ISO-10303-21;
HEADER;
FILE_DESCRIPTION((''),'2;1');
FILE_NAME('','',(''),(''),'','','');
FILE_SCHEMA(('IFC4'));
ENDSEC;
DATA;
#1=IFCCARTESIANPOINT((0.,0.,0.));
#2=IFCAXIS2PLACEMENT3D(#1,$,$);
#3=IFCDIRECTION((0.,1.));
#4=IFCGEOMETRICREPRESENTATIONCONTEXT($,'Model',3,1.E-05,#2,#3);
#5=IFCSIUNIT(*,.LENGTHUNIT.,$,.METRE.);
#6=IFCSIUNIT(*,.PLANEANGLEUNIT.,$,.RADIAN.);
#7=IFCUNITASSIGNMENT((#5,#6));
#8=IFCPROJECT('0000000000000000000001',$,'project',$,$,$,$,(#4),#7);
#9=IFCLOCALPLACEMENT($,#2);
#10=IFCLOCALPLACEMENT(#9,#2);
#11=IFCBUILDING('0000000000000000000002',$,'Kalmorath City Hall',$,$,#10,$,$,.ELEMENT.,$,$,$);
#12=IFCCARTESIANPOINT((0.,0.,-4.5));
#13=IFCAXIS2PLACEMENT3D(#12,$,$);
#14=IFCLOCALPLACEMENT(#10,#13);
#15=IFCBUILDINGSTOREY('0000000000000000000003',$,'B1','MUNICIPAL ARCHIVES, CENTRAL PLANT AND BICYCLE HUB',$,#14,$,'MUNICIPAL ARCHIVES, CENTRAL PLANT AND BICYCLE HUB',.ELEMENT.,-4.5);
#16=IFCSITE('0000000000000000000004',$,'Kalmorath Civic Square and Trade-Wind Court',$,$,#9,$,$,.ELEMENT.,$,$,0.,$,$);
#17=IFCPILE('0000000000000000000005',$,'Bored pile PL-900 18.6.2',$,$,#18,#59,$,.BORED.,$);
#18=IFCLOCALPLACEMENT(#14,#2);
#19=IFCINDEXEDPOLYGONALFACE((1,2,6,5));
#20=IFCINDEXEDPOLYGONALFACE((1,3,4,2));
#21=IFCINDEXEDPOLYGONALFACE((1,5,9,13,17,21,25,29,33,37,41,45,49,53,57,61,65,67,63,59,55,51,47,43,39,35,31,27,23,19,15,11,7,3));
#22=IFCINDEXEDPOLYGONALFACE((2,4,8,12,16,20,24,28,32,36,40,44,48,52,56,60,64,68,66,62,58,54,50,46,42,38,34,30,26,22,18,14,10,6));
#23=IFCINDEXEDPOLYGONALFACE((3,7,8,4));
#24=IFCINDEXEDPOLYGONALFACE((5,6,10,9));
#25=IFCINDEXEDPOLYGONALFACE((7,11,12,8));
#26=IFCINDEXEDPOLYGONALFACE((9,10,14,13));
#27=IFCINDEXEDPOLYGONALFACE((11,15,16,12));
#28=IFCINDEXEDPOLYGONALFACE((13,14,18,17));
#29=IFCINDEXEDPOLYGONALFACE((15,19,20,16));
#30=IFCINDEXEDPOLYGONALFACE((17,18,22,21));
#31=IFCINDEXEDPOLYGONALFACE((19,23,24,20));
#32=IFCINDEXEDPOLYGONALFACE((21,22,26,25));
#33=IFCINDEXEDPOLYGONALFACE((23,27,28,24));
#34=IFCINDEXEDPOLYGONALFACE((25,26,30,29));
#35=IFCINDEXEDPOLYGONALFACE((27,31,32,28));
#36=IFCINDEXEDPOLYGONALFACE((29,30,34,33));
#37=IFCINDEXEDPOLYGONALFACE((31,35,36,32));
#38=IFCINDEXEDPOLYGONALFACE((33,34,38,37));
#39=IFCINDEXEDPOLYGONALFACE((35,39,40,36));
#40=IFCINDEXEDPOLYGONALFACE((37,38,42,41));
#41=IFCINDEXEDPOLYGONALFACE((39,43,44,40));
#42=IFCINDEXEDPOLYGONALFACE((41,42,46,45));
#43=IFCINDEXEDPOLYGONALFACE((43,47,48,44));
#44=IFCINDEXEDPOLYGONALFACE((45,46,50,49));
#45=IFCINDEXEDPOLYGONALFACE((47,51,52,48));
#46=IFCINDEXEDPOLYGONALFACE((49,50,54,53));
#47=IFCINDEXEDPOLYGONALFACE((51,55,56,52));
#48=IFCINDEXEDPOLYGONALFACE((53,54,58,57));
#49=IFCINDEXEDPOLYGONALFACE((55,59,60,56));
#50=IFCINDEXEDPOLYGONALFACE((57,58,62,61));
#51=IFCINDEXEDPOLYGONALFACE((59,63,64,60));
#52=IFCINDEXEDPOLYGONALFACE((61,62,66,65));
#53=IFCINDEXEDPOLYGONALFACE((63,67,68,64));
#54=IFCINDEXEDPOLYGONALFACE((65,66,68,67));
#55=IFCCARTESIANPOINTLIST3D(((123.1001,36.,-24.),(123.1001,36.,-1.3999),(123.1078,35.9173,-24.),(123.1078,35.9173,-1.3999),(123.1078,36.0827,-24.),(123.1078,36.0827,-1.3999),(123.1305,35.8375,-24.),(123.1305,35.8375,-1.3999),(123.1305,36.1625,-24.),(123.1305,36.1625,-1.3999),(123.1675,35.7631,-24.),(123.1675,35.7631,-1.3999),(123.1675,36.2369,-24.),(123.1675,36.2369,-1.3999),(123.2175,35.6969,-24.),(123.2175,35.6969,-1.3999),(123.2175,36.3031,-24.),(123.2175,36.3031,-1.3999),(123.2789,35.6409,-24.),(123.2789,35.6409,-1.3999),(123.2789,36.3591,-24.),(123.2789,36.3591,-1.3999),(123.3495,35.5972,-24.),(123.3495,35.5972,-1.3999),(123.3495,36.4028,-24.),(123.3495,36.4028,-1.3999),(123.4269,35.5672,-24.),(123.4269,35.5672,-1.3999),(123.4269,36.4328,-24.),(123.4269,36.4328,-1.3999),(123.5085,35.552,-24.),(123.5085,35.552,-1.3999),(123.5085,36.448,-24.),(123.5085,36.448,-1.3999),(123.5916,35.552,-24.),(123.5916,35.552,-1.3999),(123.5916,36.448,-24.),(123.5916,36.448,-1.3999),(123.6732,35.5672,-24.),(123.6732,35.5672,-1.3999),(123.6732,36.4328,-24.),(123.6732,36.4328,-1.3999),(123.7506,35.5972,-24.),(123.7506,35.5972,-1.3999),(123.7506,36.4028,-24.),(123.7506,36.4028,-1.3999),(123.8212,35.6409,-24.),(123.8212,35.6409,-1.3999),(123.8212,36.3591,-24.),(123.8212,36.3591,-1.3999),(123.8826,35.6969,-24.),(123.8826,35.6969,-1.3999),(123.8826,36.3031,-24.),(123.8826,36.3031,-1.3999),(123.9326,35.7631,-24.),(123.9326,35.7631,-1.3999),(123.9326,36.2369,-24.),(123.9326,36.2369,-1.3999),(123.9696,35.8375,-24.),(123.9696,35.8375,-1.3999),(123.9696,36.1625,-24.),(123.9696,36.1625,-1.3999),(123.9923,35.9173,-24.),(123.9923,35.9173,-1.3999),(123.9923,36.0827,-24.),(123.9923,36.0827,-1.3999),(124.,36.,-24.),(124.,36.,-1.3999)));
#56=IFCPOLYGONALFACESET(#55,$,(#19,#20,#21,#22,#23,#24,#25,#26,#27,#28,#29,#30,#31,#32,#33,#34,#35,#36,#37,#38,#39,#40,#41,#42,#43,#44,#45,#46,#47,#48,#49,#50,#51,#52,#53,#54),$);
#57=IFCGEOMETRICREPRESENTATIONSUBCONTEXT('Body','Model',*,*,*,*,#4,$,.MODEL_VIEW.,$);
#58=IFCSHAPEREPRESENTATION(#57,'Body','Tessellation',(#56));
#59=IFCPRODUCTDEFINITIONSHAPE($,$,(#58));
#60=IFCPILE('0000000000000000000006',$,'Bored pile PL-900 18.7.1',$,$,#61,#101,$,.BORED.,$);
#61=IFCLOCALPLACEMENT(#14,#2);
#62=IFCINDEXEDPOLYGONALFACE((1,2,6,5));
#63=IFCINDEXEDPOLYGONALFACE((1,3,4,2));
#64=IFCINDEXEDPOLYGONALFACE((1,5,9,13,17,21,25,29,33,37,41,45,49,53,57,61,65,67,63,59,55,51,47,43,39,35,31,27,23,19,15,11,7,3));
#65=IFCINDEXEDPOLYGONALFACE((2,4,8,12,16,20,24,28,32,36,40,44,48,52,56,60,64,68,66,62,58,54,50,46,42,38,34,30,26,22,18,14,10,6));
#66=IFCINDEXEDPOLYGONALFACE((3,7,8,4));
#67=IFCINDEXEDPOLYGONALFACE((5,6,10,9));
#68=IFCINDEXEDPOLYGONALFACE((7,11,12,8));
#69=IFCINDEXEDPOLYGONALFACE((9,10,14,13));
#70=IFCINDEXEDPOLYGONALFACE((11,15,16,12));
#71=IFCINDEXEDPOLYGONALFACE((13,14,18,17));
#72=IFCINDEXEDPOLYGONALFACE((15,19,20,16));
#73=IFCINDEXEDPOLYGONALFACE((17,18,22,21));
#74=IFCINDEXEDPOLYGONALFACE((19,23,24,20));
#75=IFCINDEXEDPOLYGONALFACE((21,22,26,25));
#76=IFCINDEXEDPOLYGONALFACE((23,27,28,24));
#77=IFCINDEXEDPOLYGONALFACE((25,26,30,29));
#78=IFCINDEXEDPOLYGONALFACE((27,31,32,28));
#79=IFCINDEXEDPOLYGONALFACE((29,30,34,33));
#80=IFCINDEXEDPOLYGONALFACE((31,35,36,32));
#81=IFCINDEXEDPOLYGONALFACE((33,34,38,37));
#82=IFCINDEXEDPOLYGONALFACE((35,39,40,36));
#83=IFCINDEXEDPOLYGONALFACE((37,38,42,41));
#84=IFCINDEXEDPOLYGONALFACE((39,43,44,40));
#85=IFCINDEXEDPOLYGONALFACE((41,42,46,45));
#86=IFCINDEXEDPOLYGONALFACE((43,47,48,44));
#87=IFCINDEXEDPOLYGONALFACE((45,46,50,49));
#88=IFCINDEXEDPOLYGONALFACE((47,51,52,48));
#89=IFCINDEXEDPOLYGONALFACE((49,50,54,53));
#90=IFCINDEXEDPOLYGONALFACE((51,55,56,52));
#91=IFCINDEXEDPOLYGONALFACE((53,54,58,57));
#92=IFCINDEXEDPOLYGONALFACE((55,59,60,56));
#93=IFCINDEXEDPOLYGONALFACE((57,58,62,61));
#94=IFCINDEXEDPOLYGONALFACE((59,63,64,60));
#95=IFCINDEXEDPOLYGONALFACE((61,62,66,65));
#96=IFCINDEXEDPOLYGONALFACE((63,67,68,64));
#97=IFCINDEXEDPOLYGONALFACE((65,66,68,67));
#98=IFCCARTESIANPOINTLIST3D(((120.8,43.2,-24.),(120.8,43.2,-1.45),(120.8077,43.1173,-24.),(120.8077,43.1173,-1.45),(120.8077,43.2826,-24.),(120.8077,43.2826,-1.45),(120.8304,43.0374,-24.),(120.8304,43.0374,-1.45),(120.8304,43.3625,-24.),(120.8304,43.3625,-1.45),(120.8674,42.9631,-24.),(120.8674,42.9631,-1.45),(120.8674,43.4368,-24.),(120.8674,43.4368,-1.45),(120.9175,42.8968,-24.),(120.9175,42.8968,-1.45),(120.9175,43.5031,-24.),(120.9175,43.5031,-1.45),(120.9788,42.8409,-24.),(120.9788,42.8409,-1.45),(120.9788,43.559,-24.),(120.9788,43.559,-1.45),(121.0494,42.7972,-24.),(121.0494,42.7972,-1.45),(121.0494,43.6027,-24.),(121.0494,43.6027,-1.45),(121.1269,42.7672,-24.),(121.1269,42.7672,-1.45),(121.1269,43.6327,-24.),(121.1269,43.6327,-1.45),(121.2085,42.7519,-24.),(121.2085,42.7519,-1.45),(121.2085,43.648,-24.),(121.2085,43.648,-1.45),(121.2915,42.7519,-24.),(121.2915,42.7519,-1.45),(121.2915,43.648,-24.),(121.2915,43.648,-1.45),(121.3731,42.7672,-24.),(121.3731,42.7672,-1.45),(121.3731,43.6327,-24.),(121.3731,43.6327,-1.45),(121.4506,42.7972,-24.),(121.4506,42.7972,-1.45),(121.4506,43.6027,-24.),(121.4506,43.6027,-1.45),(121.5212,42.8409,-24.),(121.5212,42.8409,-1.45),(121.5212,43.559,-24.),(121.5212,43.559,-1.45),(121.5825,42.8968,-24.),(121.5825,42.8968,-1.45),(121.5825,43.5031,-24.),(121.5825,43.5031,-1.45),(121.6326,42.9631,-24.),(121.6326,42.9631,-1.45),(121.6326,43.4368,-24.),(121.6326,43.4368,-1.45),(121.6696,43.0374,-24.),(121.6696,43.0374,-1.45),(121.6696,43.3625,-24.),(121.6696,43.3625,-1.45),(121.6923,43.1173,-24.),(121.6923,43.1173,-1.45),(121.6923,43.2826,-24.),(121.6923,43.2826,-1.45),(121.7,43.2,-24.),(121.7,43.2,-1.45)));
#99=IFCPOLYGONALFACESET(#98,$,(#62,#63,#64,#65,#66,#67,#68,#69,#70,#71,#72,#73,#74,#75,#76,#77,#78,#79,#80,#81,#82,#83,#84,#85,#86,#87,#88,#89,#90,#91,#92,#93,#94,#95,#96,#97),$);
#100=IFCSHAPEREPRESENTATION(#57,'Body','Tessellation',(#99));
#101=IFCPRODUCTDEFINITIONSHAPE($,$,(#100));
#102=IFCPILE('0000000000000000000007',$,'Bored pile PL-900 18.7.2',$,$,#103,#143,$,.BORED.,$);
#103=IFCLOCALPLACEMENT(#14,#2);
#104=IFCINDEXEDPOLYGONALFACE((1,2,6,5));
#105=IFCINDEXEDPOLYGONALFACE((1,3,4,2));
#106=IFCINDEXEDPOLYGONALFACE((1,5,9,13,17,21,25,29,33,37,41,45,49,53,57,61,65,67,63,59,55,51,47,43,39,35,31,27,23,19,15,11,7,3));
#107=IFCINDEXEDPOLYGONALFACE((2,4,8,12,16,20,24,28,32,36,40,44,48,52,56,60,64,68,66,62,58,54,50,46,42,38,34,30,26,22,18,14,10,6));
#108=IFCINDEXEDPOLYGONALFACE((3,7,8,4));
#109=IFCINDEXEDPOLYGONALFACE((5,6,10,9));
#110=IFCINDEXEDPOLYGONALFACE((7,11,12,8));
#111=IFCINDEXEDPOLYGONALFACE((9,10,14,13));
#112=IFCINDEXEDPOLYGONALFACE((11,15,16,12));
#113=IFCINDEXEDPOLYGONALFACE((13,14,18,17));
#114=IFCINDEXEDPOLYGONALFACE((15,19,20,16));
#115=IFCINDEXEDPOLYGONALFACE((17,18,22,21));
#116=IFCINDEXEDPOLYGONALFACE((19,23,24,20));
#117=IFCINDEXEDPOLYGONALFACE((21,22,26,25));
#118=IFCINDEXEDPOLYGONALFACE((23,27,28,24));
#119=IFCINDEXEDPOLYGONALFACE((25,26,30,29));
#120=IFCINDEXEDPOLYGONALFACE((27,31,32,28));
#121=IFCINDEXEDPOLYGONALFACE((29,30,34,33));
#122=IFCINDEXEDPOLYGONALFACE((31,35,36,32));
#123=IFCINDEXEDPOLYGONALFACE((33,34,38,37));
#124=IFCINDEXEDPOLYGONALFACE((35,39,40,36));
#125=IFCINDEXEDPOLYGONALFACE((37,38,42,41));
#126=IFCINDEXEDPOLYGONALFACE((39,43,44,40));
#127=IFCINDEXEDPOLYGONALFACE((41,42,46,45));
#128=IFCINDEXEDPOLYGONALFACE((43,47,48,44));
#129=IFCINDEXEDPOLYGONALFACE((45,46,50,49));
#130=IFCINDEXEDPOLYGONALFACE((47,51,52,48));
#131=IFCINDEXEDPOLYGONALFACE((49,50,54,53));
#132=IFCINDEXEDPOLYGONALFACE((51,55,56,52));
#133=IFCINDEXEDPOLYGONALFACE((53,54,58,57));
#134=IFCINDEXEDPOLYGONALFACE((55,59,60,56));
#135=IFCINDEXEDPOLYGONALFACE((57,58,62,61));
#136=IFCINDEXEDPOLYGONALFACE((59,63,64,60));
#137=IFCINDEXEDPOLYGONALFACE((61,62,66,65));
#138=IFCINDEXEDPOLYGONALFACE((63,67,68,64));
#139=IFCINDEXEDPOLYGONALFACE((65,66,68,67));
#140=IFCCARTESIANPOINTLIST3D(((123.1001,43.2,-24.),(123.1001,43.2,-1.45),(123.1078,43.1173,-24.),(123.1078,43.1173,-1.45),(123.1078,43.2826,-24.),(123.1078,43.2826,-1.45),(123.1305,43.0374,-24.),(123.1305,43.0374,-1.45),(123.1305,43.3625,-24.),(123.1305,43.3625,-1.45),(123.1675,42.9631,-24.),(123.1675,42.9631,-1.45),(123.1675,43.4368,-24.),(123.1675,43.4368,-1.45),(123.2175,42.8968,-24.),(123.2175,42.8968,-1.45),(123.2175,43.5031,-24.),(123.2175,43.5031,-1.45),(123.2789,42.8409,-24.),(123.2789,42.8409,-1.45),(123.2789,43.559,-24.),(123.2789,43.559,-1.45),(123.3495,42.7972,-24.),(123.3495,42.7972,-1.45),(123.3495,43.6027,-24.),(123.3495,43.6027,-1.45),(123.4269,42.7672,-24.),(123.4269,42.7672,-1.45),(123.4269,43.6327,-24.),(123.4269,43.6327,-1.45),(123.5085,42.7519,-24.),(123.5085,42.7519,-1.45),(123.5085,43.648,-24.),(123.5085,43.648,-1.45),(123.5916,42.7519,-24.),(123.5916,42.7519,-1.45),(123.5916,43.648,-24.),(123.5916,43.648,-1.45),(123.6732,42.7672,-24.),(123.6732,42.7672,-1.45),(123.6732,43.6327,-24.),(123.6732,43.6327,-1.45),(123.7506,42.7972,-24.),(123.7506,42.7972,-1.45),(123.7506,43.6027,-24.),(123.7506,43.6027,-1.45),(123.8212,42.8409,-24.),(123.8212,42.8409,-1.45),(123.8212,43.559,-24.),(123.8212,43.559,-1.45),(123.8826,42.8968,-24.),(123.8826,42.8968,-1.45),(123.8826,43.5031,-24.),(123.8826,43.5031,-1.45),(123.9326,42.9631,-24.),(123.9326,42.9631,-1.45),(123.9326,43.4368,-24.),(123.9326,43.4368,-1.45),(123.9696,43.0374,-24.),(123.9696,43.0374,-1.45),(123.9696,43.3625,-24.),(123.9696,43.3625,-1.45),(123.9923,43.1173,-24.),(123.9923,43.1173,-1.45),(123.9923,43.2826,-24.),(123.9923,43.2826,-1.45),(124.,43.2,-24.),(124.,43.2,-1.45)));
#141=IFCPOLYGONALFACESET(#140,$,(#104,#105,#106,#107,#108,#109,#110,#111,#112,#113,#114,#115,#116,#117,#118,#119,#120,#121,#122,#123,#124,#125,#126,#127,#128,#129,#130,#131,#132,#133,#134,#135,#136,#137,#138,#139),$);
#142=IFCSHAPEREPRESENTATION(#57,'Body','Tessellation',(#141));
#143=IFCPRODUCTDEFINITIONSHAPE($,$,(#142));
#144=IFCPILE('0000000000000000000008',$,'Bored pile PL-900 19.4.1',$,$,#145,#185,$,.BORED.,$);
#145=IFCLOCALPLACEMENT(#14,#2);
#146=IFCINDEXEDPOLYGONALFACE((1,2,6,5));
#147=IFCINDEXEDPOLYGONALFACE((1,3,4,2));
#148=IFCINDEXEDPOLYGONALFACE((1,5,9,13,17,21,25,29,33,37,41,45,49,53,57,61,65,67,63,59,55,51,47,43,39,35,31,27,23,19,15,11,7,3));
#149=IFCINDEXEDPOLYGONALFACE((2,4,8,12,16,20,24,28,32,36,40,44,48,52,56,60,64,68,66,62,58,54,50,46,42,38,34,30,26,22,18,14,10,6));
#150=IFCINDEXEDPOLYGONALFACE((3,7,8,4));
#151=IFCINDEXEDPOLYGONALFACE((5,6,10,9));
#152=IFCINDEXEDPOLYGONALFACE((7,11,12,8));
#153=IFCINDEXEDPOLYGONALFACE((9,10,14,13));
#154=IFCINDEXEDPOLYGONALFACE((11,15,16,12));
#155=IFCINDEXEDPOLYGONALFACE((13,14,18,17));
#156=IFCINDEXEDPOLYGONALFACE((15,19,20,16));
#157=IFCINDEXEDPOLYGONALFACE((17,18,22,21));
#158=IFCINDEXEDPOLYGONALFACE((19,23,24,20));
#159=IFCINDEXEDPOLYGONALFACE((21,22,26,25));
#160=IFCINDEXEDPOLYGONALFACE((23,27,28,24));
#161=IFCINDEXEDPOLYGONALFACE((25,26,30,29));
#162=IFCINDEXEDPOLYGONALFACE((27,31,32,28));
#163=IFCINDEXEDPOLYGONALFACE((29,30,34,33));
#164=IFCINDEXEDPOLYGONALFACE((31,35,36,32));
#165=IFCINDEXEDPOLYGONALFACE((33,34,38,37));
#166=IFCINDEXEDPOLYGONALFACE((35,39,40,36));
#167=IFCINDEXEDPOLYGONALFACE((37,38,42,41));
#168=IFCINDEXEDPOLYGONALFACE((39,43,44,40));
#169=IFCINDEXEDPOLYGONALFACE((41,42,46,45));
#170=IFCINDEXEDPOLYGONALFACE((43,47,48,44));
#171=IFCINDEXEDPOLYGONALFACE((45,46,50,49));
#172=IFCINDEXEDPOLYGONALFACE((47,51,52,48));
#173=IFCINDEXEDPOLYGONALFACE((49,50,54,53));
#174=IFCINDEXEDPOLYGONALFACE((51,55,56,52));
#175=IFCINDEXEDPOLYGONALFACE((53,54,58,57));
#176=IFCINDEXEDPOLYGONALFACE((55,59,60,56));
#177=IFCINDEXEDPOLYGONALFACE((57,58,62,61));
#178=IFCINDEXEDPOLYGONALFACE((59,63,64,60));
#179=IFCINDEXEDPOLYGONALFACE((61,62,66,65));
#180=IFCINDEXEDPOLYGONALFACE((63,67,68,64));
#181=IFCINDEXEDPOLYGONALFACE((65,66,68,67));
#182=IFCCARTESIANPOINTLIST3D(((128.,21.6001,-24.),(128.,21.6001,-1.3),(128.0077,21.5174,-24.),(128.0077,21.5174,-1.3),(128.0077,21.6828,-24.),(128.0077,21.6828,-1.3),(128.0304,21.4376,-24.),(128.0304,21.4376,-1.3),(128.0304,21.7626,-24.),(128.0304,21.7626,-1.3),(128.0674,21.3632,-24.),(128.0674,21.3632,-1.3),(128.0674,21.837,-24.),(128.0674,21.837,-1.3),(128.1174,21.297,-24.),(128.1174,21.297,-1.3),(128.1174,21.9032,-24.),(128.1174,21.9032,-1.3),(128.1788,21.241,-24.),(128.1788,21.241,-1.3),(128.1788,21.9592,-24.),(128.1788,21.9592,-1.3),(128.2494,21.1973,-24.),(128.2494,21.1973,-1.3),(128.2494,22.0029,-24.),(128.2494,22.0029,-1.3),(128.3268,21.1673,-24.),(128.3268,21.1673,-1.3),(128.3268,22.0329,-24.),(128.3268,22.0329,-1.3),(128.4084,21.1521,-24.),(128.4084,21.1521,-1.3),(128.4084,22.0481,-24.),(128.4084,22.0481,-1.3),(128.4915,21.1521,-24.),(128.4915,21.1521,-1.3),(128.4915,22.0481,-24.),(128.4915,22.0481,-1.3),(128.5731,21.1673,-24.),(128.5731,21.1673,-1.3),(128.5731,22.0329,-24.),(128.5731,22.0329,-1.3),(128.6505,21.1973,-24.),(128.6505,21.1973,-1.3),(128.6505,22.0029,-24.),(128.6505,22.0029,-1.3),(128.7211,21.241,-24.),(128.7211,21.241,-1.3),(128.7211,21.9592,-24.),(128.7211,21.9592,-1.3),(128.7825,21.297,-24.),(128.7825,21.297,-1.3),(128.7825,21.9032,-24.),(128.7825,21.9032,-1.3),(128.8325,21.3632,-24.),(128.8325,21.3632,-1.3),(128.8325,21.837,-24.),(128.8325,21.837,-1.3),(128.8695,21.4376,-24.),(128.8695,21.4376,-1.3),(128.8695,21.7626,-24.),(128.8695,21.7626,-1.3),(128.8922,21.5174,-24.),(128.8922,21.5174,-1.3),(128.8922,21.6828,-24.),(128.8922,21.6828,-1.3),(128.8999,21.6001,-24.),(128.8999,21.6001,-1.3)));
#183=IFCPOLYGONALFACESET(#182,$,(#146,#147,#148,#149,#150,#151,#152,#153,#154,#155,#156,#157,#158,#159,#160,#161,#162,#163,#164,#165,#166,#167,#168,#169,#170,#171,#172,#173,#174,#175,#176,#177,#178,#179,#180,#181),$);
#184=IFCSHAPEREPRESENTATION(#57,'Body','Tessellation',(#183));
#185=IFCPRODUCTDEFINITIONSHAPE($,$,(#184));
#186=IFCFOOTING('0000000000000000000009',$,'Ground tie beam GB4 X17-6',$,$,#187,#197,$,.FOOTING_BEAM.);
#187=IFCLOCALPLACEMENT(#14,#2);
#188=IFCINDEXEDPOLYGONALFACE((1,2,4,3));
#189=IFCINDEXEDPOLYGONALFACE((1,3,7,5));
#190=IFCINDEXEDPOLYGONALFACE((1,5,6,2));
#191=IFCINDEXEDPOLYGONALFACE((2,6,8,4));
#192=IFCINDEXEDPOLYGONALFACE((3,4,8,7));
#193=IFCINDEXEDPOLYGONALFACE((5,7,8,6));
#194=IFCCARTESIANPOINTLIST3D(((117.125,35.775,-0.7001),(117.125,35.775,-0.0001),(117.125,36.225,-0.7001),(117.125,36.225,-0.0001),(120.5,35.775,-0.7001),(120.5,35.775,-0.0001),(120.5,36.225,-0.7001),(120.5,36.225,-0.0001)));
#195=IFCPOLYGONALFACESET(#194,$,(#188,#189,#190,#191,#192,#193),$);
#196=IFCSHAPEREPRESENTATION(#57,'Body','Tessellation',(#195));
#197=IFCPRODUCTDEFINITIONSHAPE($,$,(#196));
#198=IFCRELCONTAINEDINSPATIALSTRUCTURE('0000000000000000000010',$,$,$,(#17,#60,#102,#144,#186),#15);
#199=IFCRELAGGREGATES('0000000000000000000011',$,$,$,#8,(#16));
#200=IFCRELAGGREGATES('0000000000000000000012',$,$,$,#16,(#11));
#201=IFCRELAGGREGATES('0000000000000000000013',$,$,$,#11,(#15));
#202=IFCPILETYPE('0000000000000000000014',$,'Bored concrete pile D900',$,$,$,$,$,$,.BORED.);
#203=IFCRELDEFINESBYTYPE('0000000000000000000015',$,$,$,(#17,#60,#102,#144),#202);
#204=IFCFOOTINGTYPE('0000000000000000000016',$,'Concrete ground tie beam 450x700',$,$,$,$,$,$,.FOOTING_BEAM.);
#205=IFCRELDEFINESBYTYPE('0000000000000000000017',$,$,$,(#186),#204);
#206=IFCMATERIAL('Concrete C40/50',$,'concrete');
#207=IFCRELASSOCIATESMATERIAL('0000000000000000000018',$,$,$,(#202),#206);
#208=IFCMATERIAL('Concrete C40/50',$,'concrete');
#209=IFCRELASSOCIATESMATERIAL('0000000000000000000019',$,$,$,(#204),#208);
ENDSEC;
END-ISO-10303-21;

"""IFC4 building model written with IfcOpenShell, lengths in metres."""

from ifc_helpers import new_model, si_unit, direction, frame, origin, origin_2d, place, context, subcontext, project, spatial, rectangle, circle, extrude, material, material_profile, profile_set, type_object, element, save


model = new_model("IFC4")

# Units and contexts
model_context = context("Model", 3, precision=1e-05, world=origin(), true_north=direction((0.0, 1.0)))
body_context = subcontext(model_context, "Body", "Model", "MODEL_VIEW")
ifc_project = project(units=[si_unit("LENGTHUNIT", "METRE"), si_unit("PLANEANGLEUNIT", "RADIAN")], contexts=[model_context])

# Site, building, storey
site_placement = place(None, origin())
site = spatial("IfcSite", under=ifc_project, at=site_placement, Name="Kalmorath Civic Square and Trade-Wind Court", CompositionType="ELEMENT", RefElevation=0.0)
building_placement = place(site_placement, origin())
building = spatial("IfcBuilding", under=site, at=building_placement, Name="Kalmorath City Hall", CompositionType="ELEMENT")
storey_placement = place(building_placement, frame((0.0, 0.0, -4.5)))
storey = spatial("IfcBuildingStorey", under=building, at=storey_placement, Name="B1", Description="MUNICIPAL ARCHIVES, CENTRAL PLANT AND BICYCLE HUB", LongName="MUNICIPAL ARCHIVES, CENTRAL PLANT AND BICYCLE HUB", CompositionType="ELEMENT", Elevation=-4.5)

# Piles
ifc_material_1 = material(Name="Concrete C40/50", Category="concrete")
ifc_material_profile_1 = material_profile(ifc_material_1, circle(Radius=0.45, at=origin_2d()), Name="PILE-D900")
ifc_profile_set_1 = profile_set([ifc_material_profile_1], Name="Concrete C40/50")
pile_type = type_object("IfcPileType", Name="Bored concrete pile D900", PredefinedType="BORED", material=ifc_profile_set_1)
for number, where, z_axis, x_axis, name in (
    (1, (123.55, 36.0, -1.3999), (0.0, 0.0, -1.0), (1.0, 0.0, 0.0), "Bored pile PL-900 18.6.2"),
):
    element("IfcPile", number, at=place(storey_placement, frame(where, z_axis=z_axis, x_axis=x_axis)), inside=storey, type_object=pile_type, Name=name, PredefinedType="BORED", context=body_context, shape_type="SweptSolid", body=[
        extrude(circle(Radius=0.45, at=origin_2d()), origin(), (0.0, 0.0, 1.0), 22.6001),
    ])
for number, where, z_axis, x_axis, name in (
    (2, (121.25, 43.2, -1.45), (0.0, 0.0, -1.0), (1.0, 0.0, 0.0), "Bored pile PL-900 18.7.1"),
    (3, (123.55, 43.2, -1.45), (0.0, 0.0, -1.0), (1.0, 0.0, 0.0), "Bored pile PL-900 18.7.2"),
):
    element("IfcPile", number, at=place(storey_placement, frame(where, z_axis=z_axis, x_axis=x_axis)), inside=storey, type_object=pile_type, Name=name, PredefinedType="BORED", context=body_context, shape_type="SweptSolid", body=[
        extrude(circle(Radius=0.45, at=origin_2d()), origin(), (0.0, 0.0, 1.0), 22.55),
    ])
pile_1_placement = place(storey_placement, frame((128.45, 21.6001, -1.3), z_axis=(0.0, 0.0, -1.0), x_axis=(1.0, 0.0, 0.0)))
element("IfcPile", 4, at=pile_1_placement, inside=storey, type_object=pile_type, Name="Bored pile PL-900 19.4.1", PredefinedType="BORED", context=body_context, shape_type="SweptSolid", body=[
    extrude(circle(Radius=0.45, at=origin_2d()), origin(), (0.0, 0.0, 1.0), 22.7),
])

# Footing
ifc_material_2 = material(Name="Concrete C40/50", Category="concrete")
ifc_material_profile_2 = material_profile(ifc_material_2, rectangle(XDim=0.45, YDim=0.7, at=origin_2d()), Name="RC-BM-450X700")
ifc_profile_set_2 = profile_set([ifc_material_profile_2], Name="Concrete C40/50")
footing_type_1 = type_object("IfcFootingType", Name="Concrete ground tie beam 450x700", PredefinedType="FOOTING_BEAM", material=ifc_profile_set_2)
footing_1_placement = place(storey_placement, frame((117.125, 36.0, -0.3501), z_axis=(1.0, 0.0, 0.0), x_axis=(0.0, 1.0, 0.0)))
element("IfcFooting", 5, at=footing_1_placement, inside=storey, type_object=footing_type_1, Name="Ground tie beam GB4 X17-6", PredefinedType="FOOTING_BEAM", context=body_context, shape_type="SweptSolid", body=[
    extrude(rectangle(XDim=0.45, YDim=0.7, at=origin_2d()), origin(), (0.0, 0.0, 1.0), 3.375),
])

save(model, "model.ifc")
